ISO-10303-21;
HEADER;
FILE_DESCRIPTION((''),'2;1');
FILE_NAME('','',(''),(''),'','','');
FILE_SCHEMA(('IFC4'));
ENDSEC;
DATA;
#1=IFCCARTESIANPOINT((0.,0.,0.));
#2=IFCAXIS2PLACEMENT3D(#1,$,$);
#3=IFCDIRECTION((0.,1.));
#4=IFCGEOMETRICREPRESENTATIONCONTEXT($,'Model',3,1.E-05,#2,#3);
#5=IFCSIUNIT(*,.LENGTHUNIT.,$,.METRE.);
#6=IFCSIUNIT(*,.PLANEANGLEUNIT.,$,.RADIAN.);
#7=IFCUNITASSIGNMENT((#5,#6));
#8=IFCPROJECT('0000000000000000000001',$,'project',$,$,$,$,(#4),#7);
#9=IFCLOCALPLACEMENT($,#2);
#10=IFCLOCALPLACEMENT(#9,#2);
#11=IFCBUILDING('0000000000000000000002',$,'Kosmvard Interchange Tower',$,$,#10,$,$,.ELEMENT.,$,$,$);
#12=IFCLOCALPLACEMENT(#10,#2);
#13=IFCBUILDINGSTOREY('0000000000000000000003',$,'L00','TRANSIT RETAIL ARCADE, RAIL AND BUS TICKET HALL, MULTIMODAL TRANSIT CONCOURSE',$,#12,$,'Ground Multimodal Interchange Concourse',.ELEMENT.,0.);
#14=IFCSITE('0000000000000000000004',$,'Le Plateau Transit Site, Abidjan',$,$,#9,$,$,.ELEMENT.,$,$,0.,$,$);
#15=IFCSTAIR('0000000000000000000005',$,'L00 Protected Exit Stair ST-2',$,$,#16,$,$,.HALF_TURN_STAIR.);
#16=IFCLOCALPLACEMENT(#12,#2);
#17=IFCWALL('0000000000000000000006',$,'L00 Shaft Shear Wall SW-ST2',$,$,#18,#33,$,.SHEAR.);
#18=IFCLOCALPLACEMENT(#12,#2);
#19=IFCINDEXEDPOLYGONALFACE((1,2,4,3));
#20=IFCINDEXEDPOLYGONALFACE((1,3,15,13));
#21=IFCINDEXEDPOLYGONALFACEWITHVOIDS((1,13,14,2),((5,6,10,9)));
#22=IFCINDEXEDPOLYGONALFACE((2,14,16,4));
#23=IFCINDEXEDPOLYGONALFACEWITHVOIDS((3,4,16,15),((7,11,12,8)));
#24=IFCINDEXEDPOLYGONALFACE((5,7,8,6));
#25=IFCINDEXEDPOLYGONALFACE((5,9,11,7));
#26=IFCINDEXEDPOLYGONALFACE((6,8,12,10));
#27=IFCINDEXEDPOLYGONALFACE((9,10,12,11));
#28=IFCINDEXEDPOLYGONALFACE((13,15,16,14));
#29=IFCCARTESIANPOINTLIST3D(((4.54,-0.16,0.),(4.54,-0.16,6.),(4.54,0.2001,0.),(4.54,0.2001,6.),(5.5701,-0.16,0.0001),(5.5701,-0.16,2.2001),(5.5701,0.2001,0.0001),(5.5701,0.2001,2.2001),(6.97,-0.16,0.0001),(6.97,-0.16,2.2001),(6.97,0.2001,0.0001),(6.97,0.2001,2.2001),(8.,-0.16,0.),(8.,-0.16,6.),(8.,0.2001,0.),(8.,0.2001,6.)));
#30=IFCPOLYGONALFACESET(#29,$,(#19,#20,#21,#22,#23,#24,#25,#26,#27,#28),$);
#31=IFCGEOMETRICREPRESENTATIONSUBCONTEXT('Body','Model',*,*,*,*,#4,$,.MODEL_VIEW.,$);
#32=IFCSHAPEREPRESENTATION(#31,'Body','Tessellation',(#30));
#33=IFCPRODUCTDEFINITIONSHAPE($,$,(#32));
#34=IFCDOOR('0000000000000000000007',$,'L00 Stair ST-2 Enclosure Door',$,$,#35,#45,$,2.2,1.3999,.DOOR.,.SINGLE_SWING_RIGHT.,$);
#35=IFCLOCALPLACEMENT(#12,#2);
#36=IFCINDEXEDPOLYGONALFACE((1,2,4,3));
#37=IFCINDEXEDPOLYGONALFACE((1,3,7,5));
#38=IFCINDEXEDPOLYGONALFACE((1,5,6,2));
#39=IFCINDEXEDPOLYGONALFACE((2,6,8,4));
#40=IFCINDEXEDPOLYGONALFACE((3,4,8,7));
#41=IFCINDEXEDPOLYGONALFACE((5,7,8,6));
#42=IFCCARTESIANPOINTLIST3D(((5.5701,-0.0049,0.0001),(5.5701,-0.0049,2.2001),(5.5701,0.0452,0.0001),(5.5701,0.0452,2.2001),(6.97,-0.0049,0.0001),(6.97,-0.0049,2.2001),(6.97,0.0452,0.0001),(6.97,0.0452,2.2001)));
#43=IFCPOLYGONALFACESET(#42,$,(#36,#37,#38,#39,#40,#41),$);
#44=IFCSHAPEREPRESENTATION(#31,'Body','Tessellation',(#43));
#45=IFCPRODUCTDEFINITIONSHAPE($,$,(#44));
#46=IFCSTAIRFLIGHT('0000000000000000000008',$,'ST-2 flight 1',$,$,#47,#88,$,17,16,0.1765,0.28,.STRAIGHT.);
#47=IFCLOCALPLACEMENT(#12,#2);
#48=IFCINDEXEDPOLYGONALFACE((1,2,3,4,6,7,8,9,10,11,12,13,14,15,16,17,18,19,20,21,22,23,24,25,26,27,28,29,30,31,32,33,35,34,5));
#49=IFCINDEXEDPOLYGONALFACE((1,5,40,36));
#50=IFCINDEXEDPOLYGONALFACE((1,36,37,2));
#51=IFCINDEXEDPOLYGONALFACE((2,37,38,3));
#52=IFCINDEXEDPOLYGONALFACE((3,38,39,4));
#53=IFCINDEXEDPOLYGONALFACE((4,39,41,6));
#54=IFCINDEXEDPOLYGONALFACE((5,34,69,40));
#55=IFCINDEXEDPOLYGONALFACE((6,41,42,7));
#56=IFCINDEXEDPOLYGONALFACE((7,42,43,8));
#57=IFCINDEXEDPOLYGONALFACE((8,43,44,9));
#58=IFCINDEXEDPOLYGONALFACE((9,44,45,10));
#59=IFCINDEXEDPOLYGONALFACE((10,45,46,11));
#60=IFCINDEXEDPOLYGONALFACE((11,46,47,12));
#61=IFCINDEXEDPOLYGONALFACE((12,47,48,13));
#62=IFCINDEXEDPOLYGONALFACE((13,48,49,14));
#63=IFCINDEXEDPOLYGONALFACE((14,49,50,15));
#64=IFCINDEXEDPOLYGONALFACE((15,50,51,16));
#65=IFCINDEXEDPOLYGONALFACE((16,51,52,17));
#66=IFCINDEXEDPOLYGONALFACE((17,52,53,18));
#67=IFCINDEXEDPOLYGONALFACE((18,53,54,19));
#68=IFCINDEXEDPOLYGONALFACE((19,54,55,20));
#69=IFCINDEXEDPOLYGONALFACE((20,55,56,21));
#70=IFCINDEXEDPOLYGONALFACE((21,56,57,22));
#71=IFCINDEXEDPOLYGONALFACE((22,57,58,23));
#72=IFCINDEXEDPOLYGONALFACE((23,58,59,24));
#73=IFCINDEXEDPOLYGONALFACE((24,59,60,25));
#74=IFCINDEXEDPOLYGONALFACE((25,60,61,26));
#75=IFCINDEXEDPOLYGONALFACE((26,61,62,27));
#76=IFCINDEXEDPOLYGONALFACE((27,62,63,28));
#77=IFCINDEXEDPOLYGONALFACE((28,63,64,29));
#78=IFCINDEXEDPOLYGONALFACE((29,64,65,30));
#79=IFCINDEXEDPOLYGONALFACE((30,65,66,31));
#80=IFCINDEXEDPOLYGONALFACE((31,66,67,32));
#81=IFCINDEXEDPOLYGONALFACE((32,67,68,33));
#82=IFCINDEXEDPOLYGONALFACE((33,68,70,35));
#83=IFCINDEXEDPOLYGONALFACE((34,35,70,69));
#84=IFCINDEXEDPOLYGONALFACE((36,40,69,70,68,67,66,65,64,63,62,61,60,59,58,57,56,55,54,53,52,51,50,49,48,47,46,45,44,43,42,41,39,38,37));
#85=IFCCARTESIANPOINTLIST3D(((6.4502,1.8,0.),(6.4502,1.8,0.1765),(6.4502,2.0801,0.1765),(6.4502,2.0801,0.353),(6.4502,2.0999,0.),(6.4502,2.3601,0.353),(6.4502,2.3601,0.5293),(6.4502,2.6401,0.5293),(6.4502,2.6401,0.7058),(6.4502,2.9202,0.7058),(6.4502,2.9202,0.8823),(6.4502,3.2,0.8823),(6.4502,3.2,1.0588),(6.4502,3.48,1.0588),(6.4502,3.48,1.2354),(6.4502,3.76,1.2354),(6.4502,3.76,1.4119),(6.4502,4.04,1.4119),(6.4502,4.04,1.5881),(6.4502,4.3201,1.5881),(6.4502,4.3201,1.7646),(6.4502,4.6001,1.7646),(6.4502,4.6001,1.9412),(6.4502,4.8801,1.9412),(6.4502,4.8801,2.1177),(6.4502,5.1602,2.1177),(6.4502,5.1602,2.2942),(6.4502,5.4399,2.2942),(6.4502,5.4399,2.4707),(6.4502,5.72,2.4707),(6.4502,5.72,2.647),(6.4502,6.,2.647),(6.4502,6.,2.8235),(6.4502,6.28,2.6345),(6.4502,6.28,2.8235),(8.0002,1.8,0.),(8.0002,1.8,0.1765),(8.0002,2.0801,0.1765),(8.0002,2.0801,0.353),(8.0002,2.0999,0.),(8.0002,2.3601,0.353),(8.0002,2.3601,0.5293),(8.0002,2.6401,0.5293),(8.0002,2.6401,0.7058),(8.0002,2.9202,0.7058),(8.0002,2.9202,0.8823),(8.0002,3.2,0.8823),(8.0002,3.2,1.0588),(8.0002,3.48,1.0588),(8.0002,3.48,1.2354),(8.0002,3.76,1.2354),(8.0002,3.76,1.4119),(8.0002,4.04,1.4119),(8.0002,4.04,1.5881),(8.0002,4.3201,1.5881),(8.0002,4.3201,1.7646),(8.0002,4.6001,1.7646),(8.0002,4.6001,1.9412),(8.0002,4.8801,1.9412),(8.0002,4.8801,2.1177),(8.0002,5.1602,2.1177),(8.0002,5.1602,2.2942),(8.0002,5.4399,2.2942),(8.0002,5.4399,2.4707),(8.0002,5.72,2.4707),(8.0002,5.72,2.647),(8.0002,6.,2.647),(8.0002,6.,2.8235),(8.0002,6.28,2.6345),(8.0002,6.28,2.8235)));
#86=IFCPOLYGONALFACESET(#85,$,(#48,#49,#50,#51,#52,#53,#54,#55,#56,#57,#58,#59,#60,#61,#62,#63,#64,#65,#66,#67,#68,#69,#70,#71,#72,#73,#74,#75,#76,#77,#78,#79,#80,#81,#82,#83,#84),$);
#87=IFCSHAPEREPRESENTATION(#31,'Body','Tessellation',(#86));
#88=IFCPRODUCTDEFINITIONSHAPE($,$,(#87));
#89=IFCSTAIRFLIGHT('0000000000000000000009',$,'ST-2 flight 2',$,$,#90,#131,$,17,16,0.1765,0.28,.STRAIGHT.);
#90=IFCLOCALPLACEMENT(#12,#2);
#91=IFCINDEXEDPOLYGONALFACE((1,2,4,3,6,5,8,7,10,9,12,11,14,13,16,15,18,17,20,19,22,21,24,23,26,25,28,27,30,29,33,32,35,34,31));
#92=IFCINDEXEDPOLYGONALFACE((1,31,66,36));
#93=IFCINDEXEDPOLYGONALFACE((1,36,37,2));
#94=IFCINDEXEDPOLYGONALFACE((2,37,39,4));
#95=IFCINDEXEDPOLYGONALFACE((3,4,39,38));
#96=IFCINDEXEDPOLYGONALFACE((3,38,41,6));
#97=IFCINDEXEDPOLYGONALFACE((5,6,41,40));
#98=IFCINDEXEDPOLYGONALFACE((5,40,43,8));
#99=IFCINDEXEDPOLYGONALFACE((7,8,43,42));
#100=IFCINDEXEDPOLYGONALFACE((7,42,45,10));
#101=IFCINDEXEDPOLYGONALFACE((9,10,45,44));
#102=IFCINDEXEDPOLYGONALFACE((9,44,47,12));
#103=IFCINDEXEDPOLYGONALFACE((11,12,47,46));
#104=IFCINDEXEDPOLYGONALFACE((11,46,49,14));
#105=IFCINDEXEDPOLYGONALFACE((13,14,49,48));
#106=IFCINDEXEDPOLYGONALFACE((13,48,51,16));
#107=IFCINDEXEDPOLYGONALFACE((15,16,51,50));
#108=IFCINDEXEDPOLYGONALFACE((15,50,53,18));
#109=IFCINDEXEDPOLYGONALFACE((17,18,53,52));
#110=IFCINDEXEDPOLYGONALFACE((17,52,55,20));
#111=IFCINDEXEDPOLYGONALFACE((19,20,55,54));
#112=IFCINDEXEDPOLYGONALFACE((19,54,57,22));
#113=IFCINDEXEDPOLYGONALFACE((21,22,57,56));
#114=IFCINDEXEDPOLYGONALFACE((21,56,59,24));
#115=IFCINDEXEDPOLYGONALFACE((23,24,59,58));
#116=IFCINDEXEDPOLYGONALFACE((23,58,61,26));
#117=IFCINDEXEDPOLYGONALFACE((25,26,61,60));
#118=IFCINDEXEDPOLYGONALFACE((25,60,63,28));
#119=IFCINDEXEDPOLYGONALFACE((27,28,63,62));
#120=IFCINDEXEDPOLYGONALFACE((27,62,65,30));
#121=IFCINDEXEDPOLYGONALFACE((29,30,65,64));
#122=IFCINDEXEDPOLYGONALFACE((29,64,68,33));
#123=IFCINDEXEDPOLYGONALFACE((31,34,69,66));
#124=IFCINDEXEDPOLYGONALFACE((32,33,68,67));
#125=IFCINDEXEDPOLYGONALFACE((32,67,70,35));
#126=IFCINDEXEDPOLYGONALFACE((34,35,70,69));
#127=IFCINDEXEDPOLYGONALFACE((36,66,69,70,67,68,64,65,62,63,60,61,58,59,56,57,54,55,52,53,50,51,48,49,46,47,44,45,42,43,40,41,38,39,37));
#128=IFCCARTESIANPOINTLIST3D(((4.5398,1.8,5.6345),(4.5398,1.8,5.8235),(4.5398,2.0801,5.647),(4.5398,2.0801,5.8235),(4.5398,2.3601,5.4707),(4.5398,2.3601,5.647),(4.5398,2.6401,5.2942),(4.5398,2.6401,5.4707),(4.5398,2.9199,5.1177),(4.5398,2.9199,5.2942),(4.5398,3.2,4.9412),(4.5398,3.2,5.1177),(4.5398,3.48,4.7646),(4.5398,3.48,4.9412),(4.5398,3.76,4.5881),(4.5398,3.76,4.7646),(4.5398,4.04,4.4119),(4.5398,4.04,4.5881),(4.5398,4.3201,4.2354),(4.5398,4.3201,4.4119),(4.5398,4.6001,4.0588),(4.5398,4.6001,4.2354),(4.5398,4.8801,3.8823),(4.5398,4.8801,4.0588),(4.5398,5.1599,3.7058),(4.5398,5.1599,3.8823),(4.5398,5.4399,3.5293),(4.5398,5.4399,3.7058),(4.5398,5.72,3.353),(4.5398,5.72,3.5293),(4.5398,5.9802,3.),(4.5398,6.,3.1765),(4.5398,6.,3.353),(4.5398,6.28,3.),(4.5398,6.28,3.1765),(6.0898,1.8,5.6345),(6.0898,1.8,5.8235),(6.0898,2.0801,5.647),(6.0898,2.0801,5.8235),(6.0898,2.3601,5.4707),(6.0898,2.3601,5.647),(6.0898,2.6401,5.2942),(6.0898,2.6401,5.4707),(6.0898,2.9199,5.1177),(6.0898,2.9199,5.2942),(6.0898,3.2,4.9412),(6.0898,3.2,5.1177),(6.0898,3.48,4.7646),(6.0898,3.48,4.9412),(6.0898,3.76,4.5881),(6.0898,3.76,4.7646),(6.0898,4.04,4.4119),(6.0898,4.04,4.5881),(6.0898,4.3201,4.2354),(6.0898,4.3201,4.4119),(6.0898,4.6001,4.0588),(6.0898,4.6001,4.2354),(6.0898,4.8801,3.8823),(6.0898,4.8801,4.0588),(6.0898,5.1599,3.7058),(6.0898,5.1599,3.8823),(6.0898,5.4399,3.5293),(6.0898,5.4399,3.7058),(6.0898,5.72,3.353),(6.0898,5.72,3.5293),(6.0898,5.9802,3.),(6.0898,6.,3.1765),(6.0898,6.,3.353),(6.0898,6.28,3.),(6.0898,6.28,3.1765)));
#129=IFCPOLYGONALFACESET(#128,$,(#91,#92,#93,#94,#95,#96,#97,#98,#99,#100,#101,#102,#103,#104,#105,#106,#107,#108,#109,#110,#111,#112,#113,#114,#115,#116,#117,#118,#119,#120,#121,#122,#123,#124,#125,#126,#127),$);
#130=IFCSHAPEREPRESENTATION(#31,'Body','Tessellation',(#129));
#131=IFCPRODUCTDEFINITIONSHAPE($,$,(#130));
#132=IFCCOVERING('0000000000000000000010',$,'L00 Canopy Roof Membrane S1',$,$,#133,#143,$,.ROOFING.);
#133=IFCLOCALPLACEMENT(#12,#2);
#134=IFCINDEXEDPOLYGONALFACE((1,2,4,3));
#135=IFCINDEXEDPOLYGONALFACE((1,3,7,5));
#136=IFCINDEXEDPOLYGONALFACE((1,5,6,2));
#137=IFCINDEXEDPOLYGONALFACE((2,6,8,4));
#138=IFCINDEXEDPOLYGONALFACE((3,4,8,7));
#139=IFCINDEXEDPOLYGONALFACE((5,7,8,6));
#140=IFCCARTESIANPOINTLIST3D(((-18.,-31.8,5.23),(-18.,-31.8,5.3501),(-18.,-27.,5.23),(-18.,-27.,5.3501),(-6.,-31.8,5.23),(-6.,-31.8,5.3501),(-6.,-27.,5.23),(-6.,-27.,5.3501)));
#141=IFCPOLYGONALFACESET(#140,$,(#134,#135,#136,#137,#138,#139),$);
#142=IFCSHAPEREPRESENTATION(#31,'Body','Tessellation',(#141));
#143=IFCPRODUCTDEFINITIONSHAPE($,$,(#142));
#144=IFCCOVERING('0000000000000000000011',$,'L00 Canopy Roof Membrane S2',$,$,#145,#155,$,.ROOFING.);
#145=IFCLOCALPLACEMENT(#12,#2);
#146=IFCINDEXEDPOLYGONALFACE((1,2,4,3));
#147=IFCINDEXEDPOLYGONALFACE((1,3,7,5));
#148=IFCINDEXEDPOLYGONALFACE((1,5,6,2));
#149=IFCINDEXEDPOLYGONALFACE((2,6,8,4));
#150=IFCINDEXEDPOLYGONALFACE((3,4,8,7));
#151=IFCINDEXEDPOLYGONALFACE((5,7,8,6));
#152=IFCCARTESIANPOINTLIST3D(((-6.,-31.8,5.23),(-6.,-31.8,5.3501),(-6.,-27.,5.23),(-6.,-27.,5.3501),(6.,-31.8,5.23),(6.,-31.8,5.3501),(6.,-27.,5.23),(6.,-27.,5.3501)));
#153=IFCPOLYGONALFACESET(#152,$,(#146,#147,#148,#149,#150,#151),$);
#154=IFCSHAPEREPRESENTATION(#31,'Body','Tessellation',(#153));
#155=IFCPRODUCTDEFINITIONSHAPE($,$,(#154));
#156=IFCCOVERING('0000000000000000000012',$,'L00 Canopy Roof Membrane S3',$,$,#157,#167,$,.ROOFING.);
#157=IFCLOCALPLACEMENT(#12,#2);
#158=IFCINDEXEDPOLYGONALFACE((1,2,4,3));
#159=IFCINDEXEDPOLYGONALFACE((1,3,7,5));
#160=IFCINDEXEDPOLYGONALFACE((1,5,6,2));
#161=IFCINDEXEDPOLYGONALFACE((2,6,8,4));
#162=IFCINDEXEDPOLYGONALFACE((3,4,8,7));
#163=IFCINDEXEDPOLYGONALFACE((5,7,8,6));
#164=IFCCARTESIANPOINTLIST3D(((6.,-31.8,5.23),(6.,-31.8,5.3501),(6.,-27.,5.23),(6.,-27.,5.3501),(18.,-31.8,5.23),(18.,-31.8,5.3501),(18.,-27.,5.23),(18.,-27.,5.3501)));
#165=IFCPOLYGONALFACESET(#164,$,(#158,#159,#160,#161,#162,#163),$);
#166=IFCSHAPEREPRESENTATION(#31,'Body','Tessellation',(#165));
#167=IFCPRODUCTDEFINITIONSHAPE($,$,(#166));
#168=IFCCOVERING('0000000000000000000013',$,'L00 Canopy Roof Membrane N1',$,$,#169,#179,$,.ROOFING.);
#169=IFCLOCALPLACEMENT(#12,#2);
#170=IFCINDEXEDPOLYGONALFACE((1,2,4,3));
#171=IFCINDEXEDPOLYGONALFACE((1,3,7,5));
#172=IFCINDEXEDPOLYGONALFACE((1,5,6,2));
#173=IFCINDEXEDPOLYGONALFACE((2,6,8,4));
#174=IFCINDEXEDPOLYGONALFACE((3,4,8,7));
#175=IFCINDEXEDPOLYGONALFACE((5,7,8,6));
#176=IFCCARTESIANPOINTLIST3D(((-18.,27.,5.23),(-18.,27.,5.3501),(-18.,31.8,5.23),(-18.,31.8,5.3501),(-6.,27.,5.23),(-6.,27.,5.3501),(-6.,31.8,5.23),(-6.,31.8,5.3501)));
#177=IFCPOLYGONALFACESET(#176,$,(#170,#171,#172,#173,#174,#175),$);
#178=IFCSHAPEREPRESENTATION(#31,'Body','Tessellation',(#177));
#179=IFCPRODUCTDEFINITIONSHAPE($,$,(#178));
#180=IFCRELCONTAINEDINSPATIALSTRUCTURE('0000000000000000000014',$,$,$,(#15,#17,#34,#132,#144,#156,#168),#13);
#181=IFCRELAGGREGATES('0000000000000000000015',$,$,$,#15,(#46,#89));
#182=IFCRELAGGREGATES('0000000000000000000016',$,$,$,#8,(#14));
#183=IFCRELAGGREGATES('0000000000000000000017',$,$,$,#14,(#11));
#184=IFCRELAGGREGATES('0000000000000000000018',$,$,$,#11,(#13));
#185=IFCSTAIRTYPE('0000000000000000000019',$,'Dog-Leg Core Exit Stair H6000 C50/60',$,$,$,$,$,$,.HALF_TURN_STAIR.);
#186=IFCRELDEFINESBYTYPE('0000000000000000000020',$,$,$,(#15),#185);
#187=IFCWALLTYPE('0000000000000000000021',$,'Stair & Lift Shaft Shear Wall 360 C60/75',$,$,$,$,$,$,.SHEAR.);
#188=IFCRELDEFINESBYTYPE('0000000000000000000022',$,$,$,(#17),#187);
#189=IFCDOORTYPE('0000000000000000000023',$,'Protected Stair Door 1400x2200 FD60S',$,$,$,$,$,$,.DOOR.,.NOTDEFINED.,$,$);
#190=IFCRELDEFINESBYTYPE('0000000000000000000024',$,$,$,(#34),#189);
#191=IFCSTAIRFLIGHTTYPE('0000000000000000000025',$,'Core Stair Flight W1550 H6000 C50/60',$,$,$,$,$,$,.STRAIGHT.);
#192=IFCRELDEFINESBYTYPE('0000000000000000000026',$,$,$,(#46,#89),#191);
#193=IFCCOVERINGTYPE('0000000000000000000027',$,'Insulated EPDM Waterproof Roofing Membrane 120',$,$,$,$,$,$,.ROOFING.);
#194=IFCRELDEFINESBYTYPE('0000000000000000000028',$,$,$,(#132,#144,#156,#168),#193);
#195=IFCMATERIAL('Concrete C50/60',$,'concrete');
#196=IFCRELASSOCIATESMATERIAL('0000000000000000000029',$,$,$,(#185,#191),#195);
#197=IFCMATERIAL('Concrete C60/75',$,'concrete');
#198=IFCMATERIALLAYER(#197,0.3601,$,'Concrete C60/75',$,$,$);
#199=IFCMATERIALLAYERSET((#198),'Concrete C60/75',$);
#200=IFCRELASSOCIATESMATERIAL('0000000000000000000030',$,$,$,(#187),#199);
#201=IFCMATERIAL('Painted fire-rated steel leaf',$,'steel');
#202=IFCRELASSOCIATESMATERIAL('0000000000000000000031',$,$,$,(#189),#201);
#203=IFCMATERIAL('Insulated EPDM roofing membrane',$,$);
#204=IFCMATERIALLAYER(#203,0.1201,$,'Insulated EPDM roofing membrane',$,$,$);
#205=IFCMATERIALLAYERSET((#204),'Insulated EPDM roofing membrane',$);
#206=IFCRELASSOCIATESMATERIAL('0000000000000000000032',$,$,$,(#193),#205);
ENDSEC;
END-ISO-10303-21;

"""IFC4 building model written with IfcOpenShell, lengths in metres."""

from ifc_helpers import new_model, si_unit, direction, frame, frame_2d, origin, place, context, subcontext, project, spatial, polyline, rectangle, outline, extrude, source, transform, mapped, material, layer, layer_set, type_object, element, fill, aggregate, save


model = new_model("IFC4")

# Units and contexts
model_context = context("Model", 3, precision=1e-05, world=origin(), true_north=direction((0.0, 1.0)))
body_context = subcontext(model_context, "Body", "Model", "MODEL_VIEW")
ifc_project = project(units=[si_unit("LENGTHUNIT", "METRE"), si_unit("PLANEANGLEUNIT", "RADIAN")], contexts=[model_context])

# Site, building, storey
site_placement = place(None, origin())
site = spatial("IfcSite", under=ifc_project, at=site_placement, Name="Le Plateau Transit Site, Abidjan", CompositionType="ELEMENT", RefElevation=0.0)
building_placement = place(site_placement, origin())
building = spatial("IfcBuilding", under=site, at=building_placement, Name="Kosmvard Interchange Tower", CompositionType="ELEMENT")
storey_placement = place(building_placement, origin())
storey = spatial("IfcBuildingStorey", under=building, at=storey_placement, Name="L00", Description="TRANSIT RETAIL ARCADE, RAIL AND BUS TICKET HALL, MULTIMODAL TRANSIT CONCOURSE", LongName="Ground Multimodal Interchange Concourse", CompositionType="ELEMENT", Elevation=0.0)

# Stair
ifc_material_1 = material(Name="Concrete C50/60", Category="concrete")
stair_type = type_object("IfcStairType", Name="Dog-Leg Core Exit Stair H6000 C50/60", PredefinedType="HALF_TURN_STAIR", material=ifc_material_1)
stair_1_placement = place(storey_placement, origin())
stair_1 = element("IfcStair", 1, at=stair_1_placement, inside=storey, type_object=stair_type, Name="L00 Protected Exit Stair ST-2", PredefinedType="HALF_TURN_STAIR")

# Wall, opening, door
ifc_material_2 = material(Name="Concrete C60/75", Category="concrete")
ifc_layer_1 = layer(ifc_material_2, 0.3601, Name="Concrete C60/75")
ifc_layer_set_1 = layer_set([ifc_layer_1], Name="Concrete C60/75")
wall_type_1 = type_object("IfcWallType", Name="Stair & Lift Shaft Shear Wall 360 C60/75", PredefinedType="SHEAR", material=ifc_layer_set_1)
wall_1_placement = place(storey_placement, frame((4.54, 0.02, 0.0), z_axis=(0.0, 0.0, 1.0), x_axis=(1.0, 0.0, 0.0)))
wall_1 = element("IfcWall", 2, at=wall_1_placement, inside=storey, type_object=wall_type_1, Name="L00 Shaft Shear Wall SW-ST2", PredefinedType="SHEAR", context=body_context, shape_type="SweptSolid", body=[
    extrude(rectangle(XDim=3.46, YDim=0.3601, at=frame_2d((1.73, 0.0))), origin(), (0.0, 0.0, 1.0), 6.0),
])
opening_1_placement = place(wall_1_placement, frame((1.03, 0.0, 0.0)))
opening_1 = element("IfcOpeningElement", 3, at=opening_1_placement, cuts=wall_1, PredefinedType="OPENING", context=body_context, shape_type="SweptSolid", body=[
    extrude(rectangle(XDim=1.3999, YDim=2.2, at=frame_2d((0.7, 1.1001))), frame((0.0, 0.1899, 0.0), z_axis=(0.0, -1.0, 0.0), x_axis=(1.0, 0.0, 0.0)), (0.0, 0.0, 1.0), 0.3801),
])
ifc_material_3 = material(Name="Painted fire-rated steel leaf", Category="steel")
door_type_1 = type_object("IfcDoorType", Name="Protected Stair Door 1400x2200 FD60S", OperationType="NOTDEFINED", PredefinedType="DOOR", material=ifc_material_3)
shared_shape_1 = source(origin(), body_context, "Body", "SweptSolid", [
    extrude(rectangle(XDim=1.3999, YDim=2.2, at=frame_2d((0.7, 1.1001))), frame((0.0, 0.0249, 0.0), z_axis=(0.0, -1.0, 0.0), x_axis=(1.0, 0.0, 0.0)), (0.0, 0.0, 1.0), 0.05),
])
door_1_placement = place(opening_1_placement, frame((1.3999, 0.0, 0.0), z_axis=(0.0, 0.0, 1.0), x_axis=(-1.0, 0.0, 0.0)))
door_1 = element("IfcDoor", 4, at=door_1_placement, inside=storey, type_object=door_type_1, Name="L00 Stair ST-2 Enclosure Door", OperationType="SINGLE_SWING_RIGHT", OverallHeight=2.2, OverallWidth=1.3999, PredefinedType="DOOR", context=body_context, shape_type="MappedRepresentation", body=[
    mapped(shared_shape_1, transform((0.0, 0.0, 0.0), scale=1.0)),
])
fill(opening_1, door_1)

# Stair flights
stair_flight_type = type_object("IfcStairFlightType", Name="Core Stair Flight W1550 H6000 C50/60", PredefinedType="STRAIGHT", material=ifc_material_1)
shared_shape_2 = source(origin(), body_context, "Body", "SweptSolid", [
    extrude(outline(polyline([(0.0, 0.0), (0.0, 0.1765), (0.28, 0.1765), (0.28, 0.353), (0.5601, 0.353), (0.5601, 0.5293), (0.8401, 0.5293), (0.8401, 0.7058), (1.1201, 0.7058), (1.1201, 0.8823), (1.3999, 0.8823), (1.3999, 1.0588), (1.6799, 1.0588), (1.6799, 1.2354), (1.96, 1.2354), (1.96, 1.4119), (2.24, 1.4119), (2.24, 1.5881), (2.52, 1.5881), (2.52, 1.7646), (2.8, 1.7646), (2.8, 1.9412), (3.0801, 1.9412), (3.0801, 2.1177), (3.3601, 2.1177), (3.3601, 2.2942), (3.6399, 2.2942), (3.6399, 2.4707), (3.9199, 2.4707), (3.9199, 2.647), (4.2, 2.647), (4.2, 2.8235), (4.48, 2.8235), (4.48, 3.0), (4.48, 2.6345), (0.2998, 0.0), (0.0, 0.0)])), frame((0.0, 0.7749, 0.0), z_axis=(0.0, -1.0, 0.0), x_axis=(1.0, 0.0, 0.0)), (0.0, 0.0, 1.0), 1.55),
])
stair_flight_1_placement = place(storey_placement, frame((7.2251, 1.8, 0.0), z_axis=(0.0, 0.0, 1.0), x_axis=(0.0, 1.0, 0.0)))
stair_flight_1 = element("IfcStairFlight", 5, at=stair_flight_1_placement, type_object=stair_flight_type, Name="ST-2 flight 1", NumberOfRisers=17, NumberOfTreads=16, PredefinedType="STRAIGHT", RiserHeight=0.1765, TreadLength=0.28, context=body_context, shape_type="MappedRepresentation", body=[
    mapped(shared_shape_2, transform((0.0, 0.0, 0.0), scale=1.0)),
])
stair_flight_2_placement = place(storey_placement, frame((5.3149, 6.28, 3.0), z_axis=(0.0, 0.0, 1.0), x_axis=(0.0, -1.0, 0.0)))
stair_flight_2 = element("IfcStairFlight", 6, at=stair_flight_2_placement, type_object=stair_flight_type, Name="ST-2 flight 2", NumberOfRisers=17, NumberOfTreads=16, PredefinedType="STRAIGHT", RiserHeight=0.1765, TreadLength=0.28, context=body_context, shape_type="MappedRepresentation", body=[
    mapped(shared_shape_2, transform((0.0, 0.0, 0.0), scale=1.0)),
])
aggregate(stair_1, [stair_flight_1, stair_flight_2])

# Coverings
ifc_material_4 = material(Name="Insulated EPDM roofing membrane")
ifc_layer_2 = layer(ifc_material_4, 0.1201, Name="Insulated EPDM roofing membrane")
ifc_layer_set_2 = layer_set([ifc_layer_2], Name="Insulated EPDM roofing membrane")
covering_type = type_object("IfcCoveringType", Name="Insulated EPDM Waterproof Roofing Membrane 120", PredefinedType="ROOFING", material=ifc_layer_set_2)
covering_1_placement = place(storey_placement, frame((0.0, 0.0, 5.23)))
element("IfcCovering", 7, at=covering_1_placement, inside=storey, type_object=covering_type, Name="L00 Canopy Roof Membrane S1", PredefinedType="ROOFING", context=body_context, shape_type="SweptSolid", body=[
    extrude(outline(polyline([(-18.0, -31.8), (-6.0, -31.8), (-6.0, -27.0), (-18.0, -27.0), (-18.0, -31.8)])), origin(), (0.0, 0.0, 1.0), 0.1201),
])
covering_2_placement = place(storey_placement, frame((0.0, 0.0, 5.23)))
element("IfcCovering", 8, at=covering_2_placement, inside=storey, type_object=covering_type, Name="L00 Canopy Roof Membrane S2", PredefinedType="ROOFING", context=body_context, shape_type="SweptSolid", body=[
    extrude(outline(polyline([(-6.0, -31.8), (6.0, -31.8), (6.0, -27.0), (-6.0, -27.0), (-6.0, -31.8)])), origin(), (0.0, 0.0, 1.0), 0.1201),
])
covering_3_placement = place(storey_placement, frame((0.0, 0.0, 5.23)))
element("IfcCovering", 9, at=covering_3_placement, inside=storey, type_object=covering_type, Name="L00 Canopy Roof Membrane S3", PredefinedType="ROOFING", context=body_context, shape_type="SweptSolid", body=[
    extrude(outline(polyline([(6.0, -31.8), (18.0, -31.8), (18.0, -27.0), (6.0, -27.0), (6.0, -31.8)])), origin(), (0.0, 0.0, 1.0), 0.1201),
])
covering_4_placement = place(storey_placement, frame((0.0, 0.0, 5.23)))
element("IfcCovering", 10, at=covering_4_placement, inside=storey, type_object=covering_type, Name="L00 Canopy Roof Membrane N1", PredefinedType="ROOFING", context=body_context, shape_type="SweptSolid", body=[
    extrude(outline(polyline([(-18.0, 27.0), (-6.0, 27.0), (-6.0, 31.8), (-18.0, 31.8), (-18.0, 27.0)])), origin(), (0.0, 0.0, 1.0), 0.1201),
])

save(model, "model.ifc")
